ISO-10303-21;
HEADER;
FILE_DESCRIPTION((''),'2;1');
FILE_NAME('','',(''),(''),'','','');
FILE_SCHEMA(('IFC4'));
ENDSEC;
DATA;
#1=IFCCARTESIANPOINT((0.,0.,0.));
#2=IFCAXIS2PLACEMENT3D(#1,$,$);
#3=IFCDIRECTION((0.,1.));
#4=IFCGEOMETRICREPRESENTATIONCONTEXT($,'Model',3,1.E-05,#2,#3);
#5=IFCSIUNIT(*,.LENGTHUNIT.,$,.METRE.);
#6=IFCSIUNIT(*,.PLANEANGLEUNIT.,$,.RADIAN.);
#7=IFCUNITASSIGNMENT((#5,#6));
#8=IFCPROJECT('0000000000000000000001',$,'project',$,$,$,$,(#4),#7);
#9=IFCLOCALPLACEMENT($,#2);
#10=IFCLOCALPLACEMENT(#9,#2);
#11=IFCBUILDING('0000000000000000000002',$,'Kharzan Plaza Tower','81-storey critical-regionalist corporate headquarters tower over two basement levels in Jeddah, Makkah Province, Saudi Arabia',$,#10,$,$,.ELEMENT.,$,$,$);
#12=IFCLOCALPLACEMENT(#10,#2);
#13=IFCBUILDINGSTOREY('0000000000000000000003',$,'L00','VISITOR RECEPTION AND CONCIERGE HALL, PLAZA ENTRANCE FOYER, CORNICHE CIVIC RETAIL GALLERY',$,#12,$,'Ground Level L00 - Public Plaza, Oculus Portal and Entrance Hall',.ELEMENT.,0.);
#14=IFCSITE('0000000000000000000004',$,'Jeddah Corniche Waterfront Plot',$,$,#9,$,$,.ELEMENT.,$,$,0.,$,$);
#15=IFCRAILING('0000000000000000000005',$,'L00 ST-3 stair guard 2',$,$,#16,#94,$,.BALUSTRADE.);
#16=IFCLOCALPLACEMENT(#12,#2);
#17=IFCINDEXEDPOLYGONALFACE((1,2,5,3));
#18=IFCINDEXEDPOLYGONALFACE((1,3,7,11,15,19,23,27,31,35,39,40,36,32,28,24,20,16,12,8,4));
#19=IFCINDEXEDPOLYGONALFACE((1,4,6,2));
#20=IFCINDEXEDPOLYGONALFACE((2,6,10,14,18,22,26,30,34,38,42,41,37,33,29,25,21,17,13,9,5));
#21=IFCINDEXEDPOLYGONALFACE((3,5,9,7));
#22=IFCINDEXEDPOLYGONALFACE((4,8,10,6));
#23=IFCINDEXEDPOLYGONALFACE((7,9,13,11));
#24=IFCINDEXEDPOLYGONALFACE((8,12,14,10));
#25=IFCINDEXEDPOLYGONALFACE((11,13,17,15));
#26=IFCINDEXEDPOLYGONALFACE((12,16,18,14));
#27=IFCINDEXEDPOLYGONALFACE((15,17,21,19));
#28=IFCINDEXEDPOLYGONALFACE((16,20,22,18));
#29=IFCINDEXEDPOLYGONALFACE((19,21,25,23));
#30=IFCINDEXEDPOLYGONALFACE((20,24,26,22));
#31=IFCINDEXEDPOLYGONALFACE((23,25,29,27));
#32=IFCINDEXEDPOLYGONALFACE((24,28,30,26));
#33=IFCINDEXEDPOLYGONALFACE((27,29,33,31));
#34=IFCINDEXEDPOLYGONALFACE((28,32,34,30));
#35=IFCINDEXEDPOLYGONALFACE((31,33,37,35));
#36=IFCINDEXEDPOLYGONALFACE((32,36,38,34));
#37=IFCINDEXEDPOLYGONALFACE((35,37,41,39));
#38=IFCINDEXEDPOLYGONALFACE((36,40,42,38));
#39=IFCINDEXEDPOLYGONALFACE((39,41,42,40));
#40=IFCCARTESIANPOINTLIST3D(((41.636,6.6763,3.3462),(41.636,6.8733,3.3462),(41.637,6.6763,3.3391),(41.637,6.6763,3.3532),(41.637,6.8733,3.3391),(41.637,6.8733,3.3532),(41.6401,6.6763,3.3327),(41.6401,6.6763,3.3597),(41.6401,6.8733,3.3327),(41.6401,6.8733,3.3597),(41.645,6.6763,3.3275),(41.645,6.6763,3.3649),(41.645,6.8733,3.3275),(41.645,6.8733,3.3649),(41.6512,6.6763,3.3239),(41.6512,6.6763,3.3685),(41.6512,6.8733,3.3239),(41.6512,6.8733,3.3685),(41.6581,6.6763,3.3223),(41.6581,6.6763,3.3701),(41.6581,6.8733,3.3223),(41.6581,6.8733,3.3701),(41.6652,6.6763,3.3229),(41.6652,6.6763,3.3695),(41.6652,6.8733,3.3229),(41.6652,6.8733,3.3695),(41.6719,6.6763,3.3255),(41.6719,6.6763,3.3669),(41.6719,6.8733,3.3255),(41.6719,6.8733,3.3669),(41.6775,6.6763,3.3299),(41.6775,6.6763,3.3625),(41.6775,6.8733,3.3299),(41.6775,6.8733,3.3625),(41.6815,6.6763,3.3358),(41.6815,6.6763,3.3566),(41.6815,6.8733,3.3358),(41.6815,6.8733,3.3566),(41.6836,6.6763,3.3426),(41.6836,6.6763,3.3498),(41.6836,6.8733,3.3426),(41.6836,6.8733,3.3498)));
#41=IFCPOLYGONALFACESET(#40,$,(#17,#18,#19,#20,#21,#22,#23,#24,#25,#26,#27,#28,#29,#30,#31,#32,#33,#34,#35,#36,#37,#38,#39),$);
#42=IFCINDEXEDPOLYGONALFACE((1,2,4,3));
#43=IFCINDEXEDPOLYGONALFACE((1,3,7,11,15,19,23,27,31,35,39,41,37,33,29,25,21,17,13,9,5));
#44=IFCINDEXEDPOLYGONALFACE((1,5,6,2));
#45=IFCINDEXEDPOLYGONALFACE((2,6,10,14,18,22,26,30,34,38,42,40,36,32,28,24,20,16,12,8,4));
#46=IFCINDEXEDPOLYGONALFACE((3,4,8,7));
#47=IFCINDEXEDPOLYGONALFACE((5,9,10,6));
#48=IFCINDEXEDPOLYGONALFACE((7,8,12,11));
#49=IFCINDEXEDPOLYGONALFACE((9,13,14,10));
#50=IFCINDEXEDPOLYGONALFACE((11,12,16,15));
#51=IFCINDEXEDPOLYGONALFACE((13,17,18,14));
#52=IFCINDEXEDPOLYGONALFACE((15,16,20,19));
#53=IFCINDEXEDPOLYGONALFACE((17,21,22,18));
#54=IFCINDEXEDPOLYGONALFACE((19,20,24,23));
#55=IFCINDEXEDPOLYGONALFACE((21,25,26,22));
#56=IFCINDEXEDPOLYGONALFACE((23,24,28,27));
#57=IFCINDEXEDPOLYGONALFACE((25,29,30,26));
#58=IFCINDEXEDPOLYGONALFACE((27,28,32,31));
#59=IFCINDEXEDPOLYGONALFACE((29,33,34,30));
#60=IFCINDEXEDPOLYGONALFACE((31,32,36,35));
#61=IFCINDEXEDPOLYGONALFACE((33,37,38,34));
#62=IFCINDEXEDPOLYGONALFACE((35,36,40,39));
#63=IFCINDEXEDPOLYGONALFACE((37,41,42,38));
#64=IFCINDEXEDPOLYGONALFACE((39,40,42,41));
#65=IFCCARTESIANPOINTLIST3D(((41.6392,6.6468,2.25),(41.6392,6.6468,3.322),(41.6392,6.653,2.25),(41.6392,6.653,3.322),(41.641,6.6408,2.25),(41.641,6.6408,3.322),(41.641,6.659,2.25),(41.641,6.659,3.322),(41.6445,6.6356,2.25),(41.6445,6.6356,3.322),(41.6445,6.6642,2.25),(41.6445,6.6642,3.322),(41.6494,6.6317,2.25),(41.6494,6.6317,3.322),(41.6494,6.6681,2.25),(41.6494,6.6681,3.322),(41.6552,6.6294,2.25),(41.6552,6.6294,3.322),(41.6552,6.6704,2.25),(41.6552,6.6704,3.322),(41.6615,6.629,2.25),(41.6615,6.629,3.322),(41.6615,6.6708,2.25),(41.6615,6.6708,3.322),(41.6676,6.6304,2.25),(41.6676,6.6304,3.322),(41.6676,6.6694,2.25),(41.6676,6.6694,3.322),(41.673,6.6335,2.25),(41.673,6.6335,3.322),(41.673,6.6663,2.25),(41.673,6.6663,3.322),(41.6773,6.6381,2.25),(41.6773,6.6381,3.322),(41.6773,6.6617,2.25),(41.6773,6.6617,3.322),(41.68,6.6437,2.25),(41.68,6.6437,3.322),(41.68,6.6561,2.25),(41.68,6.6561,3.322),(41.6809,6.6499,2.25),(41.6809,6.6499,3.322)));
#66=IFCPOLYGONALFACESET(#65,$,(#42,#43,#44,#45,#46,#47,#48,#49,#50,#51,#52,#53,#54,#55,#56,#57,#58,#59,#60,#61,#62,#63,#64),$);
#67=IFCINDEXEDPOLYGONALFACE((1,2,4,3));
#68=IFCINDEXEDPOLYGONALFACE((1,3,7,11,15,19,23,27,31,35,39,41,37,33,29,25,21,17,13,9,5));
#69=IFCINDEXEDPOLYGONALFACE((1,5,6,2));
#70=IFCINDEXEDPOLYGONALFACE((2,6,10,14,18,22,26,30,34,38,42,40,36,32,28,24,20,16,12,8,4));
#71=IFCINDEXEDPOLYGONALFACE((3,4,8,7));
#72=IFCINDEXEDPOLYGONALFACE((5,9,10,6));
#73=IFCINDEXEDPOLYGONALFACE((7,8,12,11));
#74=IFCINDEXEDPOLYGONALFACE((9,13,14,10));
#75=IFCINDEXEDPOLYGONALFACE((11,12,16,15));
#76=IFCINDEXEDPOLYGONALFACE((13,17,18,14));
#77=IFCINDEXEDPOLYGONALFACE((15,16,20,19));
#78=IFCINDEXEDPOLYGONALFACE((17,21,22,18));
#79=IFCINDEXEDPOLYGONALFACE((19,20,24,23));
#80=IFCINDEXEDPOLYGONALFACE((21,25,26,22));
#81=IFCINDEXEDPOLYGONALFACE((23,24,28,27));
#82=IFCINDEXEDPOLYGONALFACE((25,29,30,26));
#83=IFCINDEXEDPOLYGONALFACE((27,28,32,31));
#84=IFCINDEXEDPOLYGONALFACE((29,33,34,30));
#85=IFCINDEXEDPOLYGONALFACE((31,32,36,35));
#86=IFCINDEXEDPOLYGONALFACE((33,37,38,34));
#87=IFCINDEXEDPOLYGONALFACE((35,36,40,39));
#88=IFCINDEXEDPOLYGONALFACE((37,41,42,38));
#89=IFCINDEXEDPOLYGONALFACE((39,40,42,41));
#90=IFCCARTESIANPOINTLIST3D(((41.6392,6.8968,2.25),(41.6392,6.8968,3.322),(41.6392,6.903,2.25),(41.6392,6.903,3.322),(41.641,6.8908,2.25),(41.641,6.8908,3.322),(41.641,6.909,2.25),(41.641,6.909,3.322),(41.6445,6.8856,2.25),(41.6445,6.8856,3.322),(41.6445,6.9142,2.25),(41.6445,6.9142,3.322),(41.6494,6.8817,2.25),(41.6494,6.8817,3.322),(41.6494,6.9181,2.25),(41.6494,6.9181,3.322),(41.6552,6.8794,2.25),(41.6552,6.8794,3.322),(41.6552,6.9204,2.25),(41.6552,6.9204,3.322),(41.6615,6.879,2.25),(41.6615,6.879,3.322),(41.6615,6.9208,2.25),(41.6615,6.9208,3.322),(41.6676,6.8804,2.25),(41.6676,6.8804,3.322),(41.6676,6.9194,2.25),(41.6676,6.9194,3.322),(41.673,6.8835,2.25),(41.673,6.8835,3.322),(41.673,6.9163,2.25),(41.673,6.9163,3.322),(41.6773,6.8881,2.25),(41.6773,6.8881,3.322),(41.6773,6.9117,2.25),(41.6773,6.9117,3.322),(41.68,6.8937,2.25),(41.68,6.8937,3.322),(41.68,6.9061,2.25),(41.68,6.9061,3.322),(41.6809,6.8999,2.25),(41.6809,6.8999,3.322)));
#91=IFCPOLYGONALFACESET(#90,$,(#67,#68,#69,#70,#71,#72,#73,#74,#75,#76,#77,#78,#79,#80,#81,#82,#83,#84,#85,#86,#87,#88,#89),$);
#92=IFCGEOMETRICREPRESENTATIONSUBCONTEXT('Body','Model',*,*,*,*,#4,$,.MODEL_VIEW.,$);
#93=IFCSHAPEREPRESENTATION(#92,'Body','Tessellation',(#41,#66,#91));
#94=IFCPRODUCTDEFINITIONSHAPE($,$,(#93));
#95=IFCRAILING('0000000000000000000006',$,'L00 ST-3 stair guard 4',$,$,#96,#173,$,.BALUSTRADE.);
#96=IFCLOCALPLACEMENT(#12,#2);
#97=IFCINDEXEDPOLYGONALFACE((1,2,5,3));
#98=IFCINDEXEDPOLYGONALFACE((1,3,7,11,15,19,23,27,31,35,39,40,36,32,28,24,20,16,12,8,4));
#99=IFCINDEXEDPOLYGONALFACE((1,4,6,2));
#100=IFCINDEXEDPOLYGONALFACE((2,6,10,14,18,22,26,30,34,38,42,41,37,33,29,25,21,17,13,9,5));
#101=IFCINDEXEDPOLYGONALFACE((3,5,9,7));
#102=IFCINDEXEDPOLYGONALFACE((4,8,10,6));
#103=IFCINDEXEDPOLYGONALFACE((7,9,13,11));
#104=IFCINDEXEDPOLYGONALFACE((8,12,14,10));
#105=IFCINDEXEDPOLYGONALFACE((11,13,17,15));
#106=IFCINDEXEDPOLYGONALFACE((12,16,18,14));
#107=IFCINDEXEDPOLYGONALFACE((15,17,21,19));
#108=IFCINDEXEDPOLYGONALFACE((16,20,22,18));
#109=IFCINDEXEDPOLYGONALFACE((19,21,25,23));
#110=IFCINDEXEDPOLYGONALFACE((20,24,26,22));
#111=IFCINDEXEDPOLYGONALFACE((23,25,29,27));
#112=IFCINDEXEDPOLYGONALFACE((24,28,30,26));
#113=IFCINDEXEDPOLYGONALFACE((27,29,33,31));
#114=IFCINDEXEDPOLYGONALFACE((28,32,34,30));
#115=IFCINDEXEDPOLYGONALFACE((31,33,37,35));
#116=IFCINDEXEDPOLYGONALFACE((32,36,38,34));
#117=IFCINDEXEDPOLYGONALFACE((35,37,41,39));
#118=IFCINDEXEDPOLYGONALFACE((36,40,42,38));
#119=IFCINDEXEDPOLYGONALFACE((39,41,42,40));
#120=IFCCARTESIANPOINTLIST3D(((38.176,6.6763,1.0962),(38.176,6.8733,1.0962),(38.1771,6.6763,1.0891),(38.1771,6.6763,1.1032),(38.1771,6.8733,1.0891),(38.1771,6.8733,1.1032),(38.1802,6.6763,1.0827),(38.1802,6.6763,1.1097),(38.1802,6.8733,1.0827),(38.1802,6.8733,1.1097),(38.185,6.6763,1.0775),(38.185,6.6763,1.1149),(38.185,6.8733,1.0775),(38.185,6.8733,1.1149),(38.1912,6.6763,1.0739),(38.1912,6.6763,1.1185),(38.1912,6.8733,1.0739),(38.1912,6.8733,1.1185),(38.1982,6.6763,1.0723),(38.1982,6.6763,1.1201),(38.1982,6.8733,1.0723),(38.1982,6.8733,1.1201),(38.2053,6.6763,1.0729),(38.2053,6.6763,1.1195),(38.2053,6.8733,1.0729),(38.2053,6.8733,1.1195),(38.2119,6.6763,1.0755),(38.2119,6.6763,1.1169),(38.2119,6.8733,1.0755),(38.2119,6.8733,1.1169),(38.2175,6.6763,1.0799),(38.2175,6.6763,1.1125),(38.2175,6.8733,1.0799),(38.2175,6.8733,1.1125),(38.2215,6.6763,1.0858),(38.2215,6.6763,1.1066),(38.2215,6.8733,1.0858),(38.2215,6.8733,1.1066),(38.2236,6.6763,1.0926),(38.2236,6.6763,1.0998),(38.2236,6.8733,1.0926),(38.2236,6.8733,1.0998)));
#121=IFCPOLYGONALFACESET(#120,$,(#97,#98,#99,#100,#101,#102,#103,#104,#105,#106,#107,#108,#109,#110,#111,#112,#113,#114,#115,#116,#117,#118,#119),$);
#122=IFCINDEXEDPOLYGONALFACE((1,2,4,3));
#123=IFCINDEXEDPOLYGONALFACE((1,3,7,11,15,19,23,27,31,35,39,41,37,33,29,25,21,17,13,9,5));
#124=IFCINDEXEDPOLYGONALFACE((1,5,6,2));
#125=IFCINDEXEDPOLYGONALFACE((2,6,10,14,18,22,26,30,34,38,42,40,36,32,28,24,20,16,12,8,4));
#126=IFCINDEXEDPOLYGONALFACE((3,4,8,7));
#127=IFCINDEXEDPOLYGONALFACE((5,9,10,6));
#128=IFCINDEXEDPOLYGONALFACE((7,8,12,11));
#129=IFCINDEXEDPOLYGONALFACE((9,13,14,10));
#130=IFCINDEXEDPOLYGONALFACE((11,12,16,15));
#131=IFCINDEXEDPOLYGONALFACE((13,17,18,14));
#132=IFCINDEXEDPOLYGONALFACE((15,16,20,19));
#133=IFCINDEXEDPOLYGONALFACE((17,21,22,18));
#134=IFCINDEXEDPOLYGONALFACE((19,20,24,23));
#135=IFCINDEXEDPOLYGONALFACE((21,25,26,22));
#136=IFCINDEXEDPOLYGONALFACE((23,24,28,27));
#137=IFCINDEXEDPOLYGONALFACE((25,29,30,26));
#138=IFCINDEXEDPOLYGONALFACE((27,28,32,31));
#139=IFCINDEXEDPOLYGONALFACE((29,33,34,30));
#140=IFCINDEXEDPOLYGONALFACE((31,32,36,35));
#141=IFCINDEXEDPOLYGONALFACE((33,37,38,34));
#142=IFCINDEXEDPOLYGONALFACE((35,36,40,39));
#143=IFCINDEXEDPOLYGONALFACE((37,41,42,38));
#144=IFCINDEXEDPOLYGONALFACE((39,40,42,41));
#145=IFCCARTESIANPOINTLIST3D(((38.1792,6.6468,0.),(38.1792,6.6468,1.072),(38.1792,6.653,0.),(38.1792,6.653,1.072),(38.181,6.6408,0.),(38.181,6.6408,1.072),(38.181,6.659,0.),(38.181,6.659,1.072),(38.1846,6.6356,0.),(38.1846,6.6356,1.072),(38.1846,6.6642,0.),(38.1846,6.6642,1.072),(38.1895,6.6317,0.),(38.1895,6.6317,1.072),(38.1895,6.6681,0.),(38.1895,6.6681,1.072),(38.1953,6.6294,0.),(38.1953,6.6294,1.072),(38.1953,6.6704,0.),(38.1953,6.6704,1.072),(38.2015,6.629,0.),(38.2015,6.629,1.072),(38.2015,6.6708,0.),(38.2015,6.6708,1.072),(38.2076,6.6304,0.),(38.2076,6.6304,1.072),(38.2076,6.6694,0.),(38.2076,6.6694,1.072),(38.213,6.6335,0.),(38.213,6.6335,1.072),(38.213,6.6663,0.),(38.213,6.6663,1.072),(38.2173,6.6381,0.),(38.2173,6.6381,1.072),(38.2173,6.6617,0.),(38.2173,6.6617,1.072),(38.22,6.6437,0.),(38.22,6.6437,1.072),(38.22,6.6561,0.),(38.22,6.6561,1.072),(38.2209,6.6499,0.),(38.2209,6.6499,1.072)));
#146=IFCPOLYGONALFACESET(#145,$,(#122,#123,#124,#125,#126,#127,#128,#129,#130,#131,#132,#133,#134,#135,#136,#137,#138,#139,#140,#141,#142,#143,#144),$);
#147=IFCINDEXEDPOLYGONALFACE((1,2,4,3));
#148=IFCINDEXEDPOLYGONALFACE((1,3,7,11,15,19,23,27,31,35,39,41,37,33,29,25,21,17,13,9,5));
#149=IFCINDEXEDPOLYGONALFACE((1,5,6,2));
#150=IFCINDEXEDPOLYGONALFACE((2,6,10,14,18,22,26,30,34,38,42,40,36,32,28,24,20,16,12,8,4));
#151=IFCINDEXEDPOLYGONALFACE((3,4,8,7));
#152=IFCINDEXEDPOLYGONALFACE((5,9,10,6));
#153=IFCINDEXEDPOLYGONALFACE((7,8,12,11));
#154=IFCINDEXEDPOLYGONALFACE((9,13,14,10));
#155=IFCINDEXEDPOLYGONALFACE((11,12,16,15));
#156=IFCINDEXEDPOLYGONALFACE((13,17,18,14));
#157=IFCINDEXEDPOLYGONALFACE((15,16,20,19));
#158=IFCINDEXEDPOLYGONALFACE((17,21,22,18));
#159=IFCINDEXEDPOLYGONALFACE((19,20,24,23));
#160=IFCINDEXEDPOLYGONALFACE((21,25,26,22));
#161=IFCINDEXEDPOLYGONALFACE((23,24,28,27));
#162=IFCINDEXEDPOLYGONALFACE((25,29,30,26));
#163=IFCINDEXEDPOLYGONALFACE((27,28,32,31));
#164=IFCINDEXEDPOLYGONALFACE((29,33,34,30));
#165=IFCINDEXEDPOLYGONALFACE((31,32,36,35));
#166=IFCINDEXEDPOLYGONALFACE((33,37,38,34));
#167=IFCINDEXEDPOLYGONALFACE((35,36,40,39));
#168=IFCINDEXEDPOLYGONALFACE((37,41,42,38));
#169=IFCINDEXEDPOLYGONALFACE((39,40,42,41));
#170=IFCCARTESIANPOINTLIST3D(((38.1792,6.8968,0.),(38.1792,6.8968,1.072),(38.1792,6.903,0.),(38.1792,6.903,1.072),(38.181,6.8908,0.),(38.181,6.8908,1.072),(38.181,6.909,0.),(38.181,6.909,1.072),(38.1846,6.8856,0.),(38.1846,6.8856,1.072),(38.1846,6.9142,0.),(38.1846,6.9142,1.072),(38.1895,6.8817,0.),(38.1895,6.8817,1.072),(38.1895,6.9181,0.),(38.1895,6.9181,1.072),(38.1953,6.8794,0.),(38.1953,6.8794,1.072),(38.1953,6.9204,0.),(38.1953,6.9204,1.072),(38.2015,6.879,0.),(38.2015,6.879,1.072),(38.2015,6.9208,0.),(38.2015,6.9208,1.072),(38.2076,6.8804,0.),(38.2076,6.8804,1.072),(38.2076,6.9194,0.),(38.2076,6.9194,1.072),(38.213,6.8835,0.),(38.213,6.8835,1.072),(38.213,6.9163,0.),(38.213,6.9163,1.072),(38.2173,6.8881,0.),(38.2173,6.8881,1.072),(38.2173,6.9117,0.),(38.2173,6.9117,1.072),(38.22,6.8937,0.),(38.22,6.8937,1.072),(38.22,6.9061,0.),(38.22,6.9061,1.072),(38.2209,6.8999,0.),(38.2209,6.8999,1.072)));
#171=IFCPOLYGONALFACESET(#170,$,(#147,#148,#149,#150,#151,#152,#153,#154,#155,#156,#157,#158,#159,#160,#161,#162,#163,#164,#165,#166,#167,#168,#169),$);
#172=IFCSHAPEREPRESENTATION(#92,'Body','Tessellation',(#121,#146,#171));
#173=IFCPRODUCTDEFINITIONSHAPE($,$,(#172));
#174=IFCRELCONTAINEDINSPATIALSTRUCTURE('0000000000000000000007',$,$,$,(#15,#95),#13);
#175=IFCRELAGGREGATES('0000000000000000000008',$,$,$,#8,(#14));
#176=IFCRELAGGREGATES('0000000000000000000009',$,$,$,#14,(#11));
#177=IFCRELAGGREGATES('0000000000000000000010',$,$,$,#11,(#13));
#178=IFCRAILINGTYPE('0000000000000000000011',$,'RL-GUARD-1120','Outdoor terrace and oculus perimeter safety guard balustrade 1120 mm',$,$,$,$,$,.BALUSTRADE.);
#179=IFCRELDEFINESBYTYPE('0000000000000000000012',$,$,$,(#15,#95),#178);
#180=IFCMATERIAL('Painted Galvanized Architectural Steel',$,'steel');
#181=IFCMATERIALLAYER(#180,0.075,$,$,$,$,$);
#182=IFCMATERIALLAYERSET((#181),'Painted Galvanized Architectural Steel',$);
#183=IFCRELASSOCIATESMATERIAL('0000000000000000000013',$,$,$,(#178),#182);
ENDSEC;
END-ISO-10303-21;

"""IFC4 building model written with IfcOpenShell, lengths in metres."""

from ifc_helpers import new_model, si_unit, direction, frame, origin, origin_2d, place, context, subcontext, project, spatial, circle, extrude, source, transform, mapped, material, layer, layer_set, type_object, element, save


model = new_model("IFC4")

# Units and contexts
model_context = context("Model", 3, precision=1e-05, world=origin(), true_north=direction((0.0, 1.0)))
body_context = subcontext(model_context, "Body", "Model", "MODEL_VIEW")
ifc_project = project(units=[si_unit("LENGTHUNIT", "METRE"), si_unit("PLANEANGLEUNIT", "RADIAN")], contexts=[model_context])

# Site, building, storey
site_placement = place(None, origin())
site = spatial("IfcSite", under=ifc_project, at=site_placement, Name="Jeddah Corniche Waterfront Plot", CompositionType="ELEMENT", RefElevation=0.0)
building_placement = place(site_placement, origin())
building = spatial("IfcBuilding", under=site, at=building_placement, Name="Kharzan Plaza Tower", Description="81-storey critical-regionalist corporate headquarters tower over two basement levels in Jeddah, Makkah Province, Saudi Arabia", CompositionType="ELEMENT")
storey_placement = place(building_placement, origin())
storey = spatial("IfcBuildingStorey", under=building, at=storey_placement, Name="L00", Description="VISITOR RECEPTION AND CONCIERGE HALL, PLAZA ENTRANCE FOYER, CORNICHE CIVIC RETAIL GALLERY", LongName="Ground Level L00 - Public Plaza, Oculus Portal and Entrance Hall", CompositionType="ELEMENT", Elevation=0.0)

# Railings
ifc_material_1 = material(Name="Painted Galvanized Architectural Steel", Category="steel")
ifc_layer_1 = layer(ifc_material_1, 0.075)
ifc_layer_set_1 = layer_set([ifc_layer_1], Name="Painted Galvanized Architectural Steel")
railing_type_1 = type_object("IfcRailingType", Name="RL-GUARD-1120", Description="Outdoor terrace and oculus perimeter safety guard balustrade 1120 mm", PredefinedType="BALUSTRADE", material=ifc_layer_set_1)
shared_shape_1 = source(origin(), body_context, "Body", "SweptSolid", [
    extrude(circle(Radius=0.0239, at=origin_2d()), frame((0.0, 0.0264, 1.0962), z_axis=(0.0, 1.0, 0.0), x_axis=(-1.0, 0.0, 0.0)), (0.0, 0.0, 1.0), 0.197),
    extrude(circle(Radius=0.021, at=origin_2d()), origin(), (0.0, 0.0, 1.0), 1.072),
    extrude(circle(Radius=0.021, at=origin_2d()), frame((0.0, 0.25, 0.0)), (0.0, 0.0, 1.0), 1.072),
])
for number, where, name in (
    (1, (41.6599, 6.6499, 2.25), "L00 ST-3 stair guard 2"),
    (2, (38.2, 6.6499, 0.0), "L00 ST-3 stair guard 4"),
):
    element("IfcRailing", number, at=place(storey_placement, frame(where)), inside=storey, type_object=railing_type_1, Name=name, PredefinedType="BALUSTRADE", context=body_context, shape_type="MappedRepresentation", body=[
        mapped(shared_shape_1, transform((0.0, 0.0, 0.0), x_axis=(1.0, 0.0, 0.0), y_axis=(0.0, 1.0, 0.0), z_axis=(0.0, 0.0, 1.0))),
    ])

save(model, "model.ifc")
